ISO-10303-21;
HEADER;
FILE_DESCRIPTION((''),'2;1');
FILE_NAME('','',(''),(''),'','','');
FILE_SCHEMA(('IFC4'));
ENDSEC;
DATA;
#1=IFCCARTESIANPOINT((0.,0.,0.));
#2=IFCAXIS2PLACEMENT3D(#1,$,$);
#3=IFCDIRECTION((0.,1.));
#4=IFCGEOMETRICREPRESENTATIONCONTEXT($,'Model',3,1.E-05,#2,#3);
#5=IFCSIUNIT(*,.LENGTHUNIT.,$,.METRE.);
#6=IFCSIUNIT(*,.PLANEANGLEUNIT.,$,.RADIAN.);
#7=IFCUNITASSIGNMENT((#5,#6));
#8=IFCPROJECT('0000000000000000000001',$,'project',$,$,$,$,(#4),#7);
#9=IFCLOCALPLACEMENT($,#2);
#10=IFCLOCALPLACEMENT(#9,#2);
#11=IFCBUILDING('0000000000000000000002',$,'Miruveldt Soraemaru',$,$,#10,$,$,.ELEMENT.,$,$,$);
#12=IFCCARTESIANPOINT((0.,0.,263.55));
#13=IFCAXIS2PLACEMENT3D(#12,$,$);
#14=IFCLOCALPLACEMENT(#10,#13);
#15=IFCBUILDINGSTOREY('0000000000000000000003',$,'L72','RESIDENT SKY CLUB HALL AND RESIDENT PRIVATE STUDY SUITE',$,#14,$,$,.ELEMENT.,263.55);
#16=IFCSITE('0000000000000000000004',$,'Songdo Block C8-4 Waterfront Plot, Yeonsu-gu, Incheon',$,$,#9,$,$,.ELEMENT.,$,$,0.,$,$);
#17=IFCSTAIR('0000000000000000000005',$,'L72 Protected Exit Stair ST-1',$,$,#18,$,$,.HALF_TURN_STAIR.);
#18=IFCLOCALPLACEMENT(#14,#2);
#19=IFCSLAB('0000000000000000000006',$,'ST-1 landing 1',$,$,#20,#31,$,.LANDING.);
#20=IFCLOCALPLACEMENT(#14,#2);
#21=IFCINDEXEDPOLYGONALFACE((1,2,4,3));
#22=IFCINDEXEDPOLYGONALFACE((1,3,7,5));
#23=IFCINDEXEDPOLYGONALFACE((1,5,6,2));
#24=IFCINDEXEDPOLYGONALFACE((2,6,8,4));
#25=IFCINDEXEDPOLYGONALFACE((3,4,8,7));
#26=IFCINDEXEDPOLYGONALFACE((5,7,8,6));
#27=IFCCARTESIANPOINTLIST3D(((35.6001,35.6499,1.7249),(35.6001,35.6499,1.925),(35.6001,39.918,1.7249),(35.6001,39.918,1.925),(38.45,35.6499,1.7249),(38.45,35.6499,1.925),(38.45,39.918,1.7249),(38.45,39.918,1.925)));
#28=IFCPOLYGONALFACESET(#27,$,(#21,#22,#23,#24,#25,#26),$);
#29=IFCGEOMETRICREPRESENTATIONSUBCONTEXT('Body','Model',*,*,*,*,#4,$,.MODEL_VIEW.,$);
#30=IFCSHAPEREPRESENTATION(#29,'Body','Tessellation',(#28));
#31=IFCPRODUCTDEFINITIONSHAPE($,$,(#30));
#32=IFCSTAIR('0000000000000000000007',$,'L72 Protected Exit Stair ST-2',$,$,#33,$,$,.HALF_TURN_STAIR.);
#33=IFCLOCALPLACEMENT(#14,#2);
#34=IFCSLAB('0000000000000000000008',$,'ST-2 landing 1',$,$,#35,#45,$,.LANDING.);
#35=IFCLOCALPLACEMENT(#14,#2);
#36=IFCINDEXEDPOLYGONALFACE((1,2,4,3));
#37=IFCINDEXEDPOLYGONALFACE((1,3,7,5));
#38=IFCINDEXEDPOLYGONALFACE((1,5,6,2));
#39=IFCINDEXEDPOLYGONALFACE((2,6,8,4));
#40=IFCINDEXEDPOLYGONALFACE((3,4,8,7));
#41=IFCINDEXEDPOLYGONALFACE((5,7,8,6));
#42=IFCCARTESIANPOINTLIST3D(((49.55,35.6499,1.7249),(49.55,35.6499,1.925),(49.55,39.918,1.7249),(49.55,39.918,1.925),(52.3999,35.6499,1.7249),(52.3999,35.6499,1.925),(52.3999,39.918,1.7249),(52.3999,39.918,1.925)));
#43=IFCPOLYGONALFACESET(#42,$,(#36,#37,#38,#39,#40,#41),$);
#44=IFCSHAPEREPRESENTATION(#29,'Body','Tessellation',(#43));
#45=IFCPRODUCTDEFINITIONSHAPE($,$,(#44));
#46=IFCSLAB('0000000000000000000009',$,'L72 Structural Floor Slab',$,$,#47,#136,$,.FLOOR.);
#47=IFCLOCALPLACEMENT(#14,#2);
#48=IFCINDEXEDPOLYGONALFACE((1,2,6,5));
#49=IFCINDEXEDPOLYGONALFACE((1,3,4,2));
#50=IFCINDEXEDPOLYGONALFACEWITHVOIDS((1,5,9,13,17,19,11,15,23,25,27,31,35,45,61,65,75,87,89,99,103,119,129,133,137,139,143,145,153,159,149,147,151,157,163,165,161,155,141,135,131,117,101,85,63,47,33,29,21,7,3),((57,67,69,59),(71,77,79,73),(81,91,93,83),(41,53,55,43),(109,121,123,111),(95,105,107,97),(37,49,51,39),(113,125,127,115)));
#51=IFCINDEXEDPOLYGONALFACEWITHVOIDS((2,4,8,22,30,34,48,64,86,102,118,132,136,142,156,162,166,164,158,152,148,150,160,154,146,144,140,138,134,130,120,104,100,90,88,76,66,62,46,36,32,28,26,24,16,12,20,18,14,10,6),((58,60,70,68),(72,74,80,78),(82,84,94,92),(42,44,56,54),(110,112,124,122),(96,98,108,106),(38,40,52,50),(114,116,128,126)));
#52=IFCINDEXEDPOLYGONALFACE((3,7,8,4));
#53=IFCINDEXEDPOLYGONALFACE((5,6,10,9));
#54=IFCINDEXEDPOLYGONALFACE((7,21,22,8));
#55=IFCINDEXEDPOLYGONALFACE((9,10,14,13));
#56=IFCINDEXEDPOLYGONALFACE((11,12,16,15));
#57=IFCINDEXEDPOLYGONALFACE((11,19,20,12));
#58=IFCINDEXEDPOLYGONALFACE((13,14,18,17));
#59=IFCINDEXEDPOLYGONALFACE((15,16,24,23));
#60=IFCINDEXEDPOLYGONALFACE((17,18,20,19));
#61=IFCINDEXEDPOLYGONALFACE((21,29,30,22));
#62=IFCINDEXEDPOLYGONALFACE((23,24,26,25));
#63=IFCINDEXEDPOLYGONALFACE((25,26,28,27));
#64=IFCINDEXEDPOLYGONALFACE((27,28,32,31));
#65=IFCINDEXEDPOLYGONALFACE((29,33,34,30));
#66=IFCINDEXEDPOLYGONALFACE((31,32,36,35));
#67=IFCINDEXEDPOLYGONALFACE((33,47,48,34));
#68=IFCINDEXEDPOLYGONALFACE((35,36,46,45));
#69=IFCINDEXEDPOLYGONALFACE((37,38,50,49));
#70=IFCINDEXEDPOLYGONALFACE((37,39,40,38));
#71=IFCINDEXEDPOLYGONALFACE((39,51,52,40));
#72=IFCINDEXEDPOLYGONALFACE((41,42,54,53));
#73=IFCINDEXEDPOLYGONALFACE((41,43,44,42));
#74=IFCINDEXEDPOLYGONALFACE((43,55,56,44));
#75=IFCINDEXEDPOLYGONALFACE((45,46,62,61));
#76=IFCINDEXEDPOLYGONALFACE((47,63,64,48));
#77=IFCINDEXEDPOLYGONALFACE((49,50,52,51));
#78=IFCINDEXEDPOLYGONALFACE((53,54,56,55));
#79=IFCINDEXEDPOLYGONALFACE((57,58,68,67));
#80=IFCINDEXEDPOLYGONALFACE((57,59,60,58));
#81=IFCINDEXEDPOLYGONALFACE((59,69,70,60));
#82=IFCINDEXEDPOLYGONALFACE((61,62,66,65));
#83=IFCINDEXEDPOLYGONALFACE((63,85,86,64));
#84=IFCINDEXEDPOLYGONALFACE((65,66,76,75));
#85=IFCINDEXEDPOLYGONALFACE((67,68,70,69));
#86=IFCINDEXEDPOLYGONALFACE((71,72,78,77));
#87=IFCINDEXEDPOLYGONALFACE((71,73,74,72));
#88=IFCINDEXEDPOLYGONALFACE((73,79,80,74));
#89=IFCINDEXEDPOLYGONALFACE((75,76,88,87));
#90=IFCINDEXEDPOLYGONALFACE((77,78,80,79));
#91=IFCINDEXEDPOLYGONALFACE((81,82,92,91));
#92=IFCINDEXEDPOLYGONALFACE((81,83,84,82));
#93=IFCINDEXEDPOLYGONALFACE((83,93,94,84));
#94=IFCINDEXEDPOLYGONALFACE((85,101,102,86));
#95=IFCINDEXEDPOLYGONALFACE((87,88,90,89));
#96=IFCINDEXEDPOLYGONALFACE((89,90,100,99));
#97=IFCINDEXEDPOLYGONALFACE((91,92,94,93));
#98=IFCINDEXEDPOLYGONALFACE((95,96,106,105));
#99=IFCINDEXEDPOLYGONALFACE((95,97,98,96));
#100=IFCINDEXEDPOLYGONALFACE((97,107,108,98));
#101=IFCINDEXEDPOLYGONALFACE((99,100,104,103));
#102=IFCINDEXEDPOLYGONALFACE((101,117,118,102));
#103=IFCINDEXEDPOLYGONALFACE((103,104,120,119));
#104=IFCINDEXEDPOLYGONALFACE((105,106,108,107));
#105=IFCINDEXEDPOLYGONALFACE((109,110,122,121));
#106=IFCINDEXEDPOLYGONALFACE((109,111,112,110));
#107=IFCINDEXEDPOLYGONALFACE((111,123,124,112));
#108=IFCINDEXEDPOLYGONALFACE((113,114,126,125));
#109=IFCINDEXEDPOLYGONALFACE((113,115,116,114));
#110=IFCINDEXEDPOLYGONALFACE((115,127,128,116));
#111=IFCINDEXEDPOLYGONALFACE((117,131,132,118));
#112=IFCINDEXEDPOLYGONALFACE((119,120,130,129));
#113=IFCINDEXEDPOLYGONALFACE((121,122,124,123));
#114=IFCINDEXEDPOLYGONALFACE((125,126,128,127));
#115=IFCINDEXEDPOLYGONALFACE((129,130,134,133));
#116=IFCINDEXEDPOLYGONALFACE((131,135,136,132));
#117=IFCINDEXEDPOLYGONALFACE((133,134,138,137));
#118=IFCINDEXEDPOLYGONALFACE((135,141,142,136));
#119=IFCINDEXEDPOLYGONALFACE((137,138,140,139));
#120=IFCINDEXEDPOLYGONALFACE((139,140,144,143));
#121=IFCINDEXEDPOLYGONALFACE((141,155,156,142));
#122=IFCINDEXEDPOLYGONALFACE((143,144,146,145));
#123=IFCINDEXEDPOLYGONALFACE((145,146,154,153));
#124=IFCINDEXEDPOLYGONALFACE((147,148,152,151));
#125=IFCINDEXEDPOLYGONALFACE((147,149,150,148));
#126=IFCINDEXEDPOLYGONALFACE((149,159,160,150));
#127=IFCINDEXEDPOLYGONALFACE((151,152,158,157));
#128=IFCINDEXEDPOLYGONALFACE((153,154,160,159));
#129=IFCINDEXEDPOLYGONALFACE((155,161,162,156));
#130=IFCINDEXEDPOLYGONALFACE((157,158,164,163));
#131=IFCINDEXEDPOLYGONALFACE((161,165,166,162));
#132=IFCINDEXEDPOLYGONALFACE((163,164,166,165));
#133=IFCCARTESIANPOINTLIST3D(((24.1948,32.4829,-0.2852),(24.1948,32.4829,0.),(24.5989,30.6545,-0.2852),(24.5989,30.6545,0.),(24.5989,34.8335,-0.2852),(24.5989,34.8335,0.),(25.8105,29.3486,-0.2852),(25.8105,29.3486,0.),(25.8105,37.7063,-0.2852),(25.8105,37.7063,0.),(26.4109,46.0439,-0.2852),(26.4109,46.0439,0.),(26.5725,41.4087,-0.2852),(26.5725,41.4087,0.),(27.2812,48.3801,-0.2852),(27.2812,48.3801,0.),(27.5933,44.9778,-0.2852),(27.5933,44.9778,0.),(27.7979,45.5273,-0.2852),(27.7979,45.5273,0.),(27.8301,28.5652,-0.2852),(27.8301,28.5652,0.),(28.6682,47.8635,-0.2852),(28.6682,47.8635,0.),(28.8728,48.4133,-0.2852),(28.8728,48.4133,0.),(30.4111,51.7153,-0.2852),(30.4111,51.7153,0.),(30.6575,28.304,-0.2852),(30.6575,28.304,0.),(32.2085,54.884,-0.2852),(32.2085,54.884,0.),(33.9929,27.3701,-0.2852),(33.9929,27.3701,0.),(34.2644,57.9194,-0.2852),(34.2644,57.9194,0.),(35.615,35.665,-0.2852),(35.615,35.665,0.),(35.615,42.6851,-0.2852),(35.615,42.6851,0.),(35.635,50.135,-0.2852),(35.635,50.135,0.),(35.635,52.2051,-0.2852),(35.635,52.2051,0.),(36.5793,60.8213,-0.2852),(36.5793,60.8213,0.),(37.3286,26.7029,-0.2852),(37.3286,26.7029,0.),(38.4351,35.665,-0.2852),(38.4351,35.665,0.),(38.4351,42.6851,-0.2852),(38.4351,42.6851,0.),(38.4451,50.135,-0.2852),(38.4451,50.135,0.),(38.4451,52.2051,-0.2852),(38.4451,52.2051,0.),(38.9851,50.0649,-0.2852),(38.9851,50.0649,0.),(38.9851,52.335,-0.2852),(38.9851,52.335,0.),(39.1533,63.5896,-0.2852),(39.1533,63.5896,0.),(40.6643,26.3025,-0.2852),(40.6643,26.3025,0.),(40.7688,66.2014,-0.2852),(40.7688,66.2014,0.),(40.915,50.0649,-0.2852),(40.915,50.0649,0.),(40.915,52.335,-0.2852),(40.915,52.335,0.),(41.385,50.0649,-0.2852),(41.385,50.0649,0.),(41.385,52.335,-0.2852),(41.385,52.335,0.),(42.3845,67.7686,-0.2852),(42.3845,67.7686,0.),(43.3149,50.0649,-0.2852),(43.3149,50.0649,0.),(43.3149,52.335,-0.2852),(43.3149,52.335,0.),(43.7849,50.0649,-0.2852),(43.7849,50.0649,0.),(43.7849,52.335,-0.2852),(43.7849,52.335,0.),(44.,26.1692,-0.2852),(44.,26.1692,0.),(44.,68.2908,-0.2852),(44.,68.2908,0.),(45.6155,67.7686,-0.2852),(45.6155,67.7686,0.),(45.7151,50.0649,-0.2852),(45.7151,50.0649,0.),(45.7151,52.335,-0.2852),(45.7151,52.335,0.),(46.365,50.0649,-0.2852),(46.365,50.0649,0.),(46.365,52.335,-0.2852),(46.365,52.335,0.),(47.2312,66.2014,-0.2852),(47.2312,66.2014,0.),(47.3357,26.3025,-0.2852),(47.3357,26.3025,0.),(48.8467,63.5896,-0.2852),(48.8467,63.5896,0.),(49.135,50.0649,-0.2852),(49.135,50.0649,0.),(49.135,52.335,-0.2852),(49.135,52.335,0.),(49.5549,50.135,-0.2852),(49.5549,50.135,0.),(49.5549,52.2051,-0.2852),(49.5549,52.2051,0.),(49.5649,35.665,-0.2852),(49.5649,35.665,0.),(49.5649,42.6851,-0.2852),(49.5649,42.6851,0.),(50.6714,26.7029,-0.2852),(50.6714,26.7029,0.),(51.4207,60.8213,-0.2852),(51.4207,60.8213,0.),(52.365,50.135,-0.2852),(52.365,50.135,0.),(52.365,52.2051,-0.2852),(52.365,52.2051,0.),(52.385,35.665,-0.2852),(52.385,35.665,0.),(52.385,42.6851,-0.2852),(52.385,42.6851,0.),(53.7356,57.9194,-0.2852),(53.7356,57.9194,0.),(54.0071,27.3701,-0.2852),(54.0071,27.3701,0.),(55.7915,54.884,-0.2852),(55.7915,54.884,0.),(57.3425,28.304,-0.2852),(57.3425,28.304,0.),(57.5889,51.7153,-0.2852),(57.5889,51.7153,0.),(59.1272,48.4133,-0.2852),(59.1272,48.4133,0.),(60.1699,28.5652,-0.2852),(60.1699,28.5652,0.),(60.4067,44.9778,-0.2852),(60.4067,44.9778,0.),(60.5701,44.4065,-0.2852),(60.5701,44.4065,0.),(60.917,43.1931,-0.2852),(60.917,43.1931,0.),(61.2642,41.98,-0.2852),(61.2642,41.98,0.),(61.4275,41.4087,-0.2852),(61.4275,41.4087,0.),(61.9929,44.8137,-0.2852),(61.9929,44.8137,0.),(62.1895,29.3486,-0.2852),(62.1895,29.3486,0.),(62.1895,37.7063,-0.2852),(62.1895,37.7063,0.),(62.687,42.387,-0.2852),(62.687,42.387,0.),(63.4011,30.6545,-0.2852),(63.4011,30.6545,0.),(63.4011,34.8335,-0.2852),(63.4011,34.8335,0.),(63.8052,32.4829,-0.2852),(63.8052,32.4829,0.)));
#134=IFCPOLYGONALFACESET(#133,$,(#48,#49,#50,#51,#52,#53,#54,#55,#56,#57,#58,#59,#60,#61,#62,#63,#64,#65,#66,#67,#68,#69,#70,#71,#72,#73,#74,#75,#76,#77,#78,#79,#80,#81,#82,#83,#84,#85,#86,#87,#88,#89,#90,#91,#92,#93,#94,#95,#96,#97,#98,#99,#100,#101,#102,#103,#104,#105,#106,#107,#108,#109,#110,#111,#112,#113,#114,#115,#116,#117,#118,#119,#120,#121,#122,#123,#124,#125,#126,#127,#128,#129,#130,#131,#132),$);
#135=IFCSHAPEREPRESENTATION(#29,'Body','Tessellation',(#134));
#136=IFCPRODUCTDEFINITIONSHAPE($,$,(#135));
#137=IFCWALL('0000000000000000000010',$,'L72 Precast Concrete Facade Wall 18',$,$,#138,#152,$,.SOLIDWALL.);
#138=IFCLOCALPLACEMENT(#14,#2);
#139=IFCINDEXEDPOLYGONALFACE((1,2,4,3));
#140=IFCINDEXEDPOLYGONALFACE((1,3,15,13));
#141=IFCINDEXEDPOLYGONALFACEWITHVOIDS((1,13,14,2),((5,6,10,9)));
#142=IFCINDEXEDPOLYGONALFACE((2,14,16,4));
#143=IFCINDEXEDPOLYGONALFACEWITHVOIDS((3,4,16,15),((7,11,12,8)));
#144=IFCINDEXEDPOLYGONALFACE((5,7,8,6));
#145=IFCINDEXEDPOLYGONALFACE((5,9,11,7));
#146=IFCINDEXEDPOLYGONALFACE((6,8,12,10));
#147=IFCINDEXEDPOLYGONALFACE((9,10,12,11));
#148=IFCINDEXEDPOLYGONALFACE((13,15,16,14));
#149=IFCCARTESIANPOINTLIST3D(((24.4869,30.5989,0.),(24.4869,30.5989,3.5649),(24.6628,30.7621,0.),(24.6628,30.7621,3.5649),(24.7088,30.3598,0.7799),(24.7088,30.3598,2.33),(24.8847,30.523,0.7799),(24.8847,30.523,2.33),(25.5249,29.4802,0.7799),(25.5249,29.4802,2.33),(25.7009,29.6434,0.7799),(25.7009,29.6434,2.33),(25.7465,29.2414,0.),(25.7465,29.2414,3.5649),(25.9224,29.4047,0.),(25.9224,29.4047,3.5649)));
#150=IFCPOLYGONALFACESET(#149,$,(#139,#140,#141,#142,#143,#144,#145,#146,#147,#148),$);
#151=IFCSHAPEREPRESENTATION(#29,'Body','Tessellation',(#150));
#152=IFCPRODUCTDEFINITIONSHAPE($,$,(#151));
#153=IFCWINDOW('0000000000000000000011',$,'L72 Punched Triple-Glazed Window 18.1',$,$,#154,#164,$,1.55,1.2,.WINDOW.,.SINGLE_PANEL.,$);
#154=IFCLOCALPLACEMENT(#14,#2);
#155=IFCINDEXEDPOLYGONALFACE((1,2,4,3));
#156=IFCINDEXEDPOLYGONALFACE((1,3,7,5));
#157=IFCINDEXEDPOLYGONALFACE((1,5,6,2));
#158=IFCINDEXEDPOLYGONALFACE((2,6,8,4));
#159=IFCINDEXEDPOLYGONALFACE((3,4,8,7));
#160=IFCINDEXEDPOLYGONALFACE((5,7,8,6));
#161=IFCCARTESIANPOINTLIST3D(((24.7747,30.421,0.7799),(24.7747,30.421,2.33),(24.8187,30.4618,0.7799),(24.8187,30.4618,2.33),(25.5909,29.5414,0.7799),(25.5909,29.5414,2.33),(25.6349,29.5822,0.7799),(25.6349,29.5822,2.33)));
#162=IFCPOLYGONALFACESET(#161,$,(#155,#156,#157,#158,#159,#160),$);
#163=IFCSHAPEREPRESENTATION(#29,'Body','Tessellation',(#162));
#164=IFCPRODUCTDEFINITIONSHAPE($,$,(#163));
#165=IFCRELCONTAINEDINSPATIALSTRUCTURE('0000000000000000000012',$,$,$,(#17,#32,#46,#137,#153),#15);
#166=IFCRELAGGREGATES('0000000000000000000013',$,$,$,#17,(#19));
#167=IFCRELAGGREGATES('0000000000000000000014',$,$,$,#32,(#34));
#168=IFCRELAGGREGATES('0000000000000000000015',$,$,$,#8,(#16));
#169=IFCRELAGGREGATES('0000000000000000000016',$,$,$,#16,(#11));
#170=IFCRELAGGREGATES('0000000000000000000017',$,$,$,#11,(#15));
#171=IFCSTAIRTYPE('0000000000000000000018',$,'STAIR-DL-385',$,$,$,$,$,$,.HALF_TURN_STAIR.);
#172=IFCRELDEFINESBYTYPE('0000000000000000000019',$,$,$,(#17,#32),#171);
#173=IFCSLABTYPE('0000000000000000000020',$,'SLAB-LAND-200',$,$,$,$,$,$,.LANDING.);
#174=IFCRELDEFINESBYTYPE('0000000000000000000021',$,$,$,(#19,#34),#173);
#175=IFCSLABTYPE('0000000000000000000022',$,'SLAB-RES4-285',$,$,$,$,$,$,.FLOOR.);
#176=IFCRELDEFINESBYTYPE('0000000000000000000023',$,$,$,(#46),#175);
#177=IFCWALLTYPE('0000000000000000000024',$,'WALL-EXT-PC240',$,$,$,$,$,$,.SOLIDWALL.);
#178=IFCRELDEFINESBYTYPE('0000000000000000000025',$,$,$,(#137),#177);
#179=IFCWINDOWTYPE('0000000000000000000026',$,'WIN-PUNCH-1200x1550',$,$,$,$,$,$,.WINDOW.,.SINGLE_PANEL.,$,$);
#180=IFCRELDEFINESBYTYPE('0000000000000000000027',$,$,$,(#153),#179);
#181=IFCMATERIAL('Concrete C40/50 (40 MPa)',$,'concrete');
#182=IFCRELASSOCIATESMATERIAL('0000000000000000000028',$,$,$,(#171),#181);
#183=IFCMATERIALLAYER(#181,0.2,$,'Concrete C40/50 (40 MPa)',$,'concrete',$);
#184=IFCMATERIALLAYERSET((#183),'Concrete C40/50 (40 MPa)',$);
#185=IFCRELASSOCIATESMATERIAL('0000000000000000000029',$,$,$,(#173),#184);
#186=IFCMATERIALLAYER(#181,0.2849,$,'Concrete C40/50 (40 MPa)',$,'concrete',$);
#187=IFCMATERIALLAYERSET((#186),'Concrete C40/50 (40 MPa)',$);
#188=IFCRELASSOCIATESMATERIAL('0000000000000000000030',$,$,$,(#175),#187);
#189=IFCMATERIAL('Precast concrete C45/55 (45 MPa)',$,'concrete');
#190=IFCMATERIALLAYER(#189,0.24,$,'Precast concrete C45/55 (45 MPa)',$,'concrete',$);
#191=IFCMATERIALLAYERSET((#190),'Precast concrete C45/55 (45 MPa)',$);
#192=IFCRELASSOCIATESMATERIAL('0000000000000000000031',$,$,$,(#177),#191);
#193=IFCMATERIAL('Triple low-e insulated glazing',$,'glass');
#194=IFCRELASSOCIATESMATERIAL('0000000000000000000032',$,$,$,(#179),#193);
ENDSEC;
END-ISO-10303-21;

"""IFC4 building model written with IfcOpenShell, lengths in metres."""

from ifc_helpers import new_model, si_unit, direction, frame, frame_2d, origin, place, context, subcontext, project, spatial, polyline, rectangle, outline, extrude, material, layer, layer_set, type_object, element, fill, aggregate, save


model = new_model("IFC4")

# Units and contexts
model_context = context("Model", 3, precision=1e-05, world=origin(), true_north=direction((0.0, 1.0)))
body_context = subcontext(model_context, "Body", "Model", "MODEL_VIEW")
ifc_project = project(units=[si_unit("LENGTHUNIT", "METRE"), si_unit("PLANEANGLEUNIT", "RADIAN")], contexts=[model_context])

# Site, building, storey
site_placement = place(None, origin())
site = spatial("IfcSite", under=ifc_project, at=site_placement, Name="Songdo Block C8-4 Waterfront Plot, Yeonsu-gu, Incheon", CompositionType="ELEMENT", RefElevation=0.0)
building_placement = place(site_placement, origin())
building = spatial("IfcBuilding", under=site, at=building_placement, Name="Miruveldt Soraemaru", CompositionType="ELEMENT")
storey_placement = place(building_placement, frame((0.0, 0.0, 263.55)))
storey = spatial("IfcBuildingStorey", under=building, at=storey_placement, Name="L72", Description="RESIDENT SKY CLUB HALL AND RESIDENT PRIVATE STUDY SUITE", CompositionType="ELEMENT", Elevation=263.55)

# Stairs, slabs
ifc_material_1 = material(Name="Concrete C40/50 (40 MPa)", Category="concrete")
stair_type = type_object("IfcStairType", Name="STAIR-DL-385", PredefinedType="HALF_TURN_STAIR", material=ifc_material_1)
stair_1_placement = place(storey_placement, origin())
stair_1 = element("IfcStair", 1, at=stair_1_placement, inside=storey, type_object=stair_type, Name="L72 Protected Exit Stair ST-1", PredefinedType="HALF_TURN_STAIR")
ifc_layer_1 = layer(ifc_material_1, 0.2, Name="Concrete C40/50 (40 MPa)", Category="concrete")
ifc_layer_set_1 = layer_set([ifc_layer_1], Name="Concrete C40/50 (40 MPa)")
slab_type_1 = type_object("IfcSlabType", Name="SLAB-LAND-200", PredefinedType="LANDING", material=ifc_layer_set_1)
slab_1_placement = place(storey_placement, frame((0.0, 0.0, 1.7249)))
slab_1 = element("IfcSlab", 2, at=slab_1_placement, type_object=slab_type_1, Name="ST-1 landing 1", PredefinedType="LANDING", context=body_context, shape_type="SweptSolid", body=[
    extrude(outline(polyline([(35.6001, 39.918), (35.6001, 35.6499), (38.45, 35.6499), (38.45, 39.918), (35.6001, 39.918)])), origin(), (0.0, 0.0, 1.0), 0.2002),
])
aggregate(stair_1, [slab_1])
stair_2_placement = place(storey_placement, origin())
stair_2 = element("IfcStair", 3, at=stair_2_placement, inside=storey, type_object=stair_type, Name="L72 Protected Exit Stair ST-2", PredefinedType="HALF_TURN_STAIR")
slab_2_placement = place(storey_placement, frame((0.0, 0.0, 1.7249)))
slab_2 = element("IfcSlab", 4, at=slab_2_placement, type_object=slab_type_1, Name="ST-2 landing 1", PredefinedType="LANDING", context=body_context, shape_type="SweptSolid", body=[
    extrude(outline(polyline([(49.55, 39.918), (49.55, 35.6499), (52.3999, 35.6499), (52.3999, 39.918), (49.55, 39.918)])), origin(), (0.0, 0.0, 1.0), 0.2002),
])
aggregate(stair_2, [slab_2])

# Slab
ifc_layer_2 = layer(ifc_material_1, 0.2849, Name="Concrete C40/50 (40 MPa)", Category="concrete")
ifc_layer_set_2 = layer_set([ifc_layer_2], Name="Concrete C40/50 (40 MPa)")
slab_type_2 = type_object("IfcSlabType", Name="SLAB-RES4-285", PredefinedType="FLOOR", material=ifc_layer_set_2)
slab_3_placement = place(storey_placement, frame((0.0, 0.0, -0.2852)))
element("IfcSlab", 5, at=slab_3_placement, inside=storey, type_object=slab_type_2, Name="L72 Structural Floor Slab", PredefinedType="FLOOR", context=body_context, shape_type="SweptSolid", body=[
    extrude(outline(polyline([(61.4275, 41.4087), (62.1895, 37.7063), (63.4011, 34.8335), (63.8052, 32.4829), (63.4011, 30.6545), (62.1895, 29.3486), (60.1699, 28.5652), (57.3425, 28.304), (54.0071, 27.3701), (50.6714, 26.7029), (47.3357, 26.3025), (44.0, 26.1692), (40.6643, 26.3025), (37.3286, 26.7029), (33.9929, 27.3701), (30.6575, 28.304), (27.8301, 28.5652), (25.8105, 29.3486), (24.5989, 30.6545), (24.1948, 32.4829), (24.5989, 34.8335), (25.8105, 37.7063), (26.5725, 41.4087), (27.5933, 44.9778), (28.2329, 46.6956), (27.7979, 45.5273), (26.4109, 46.0439), (27.2812, 48.3801), (28.6682, 47.8635), (28.8728, 48.4133), (30.4111, 51.7153), (32.2085, 54.884), (34.2644, 57.9194), (36.5793, 60.8213), (39.1533, 63.5896), (40.7688, 66.2014), (42.3845, 67.7686), (44.0, 68.2908), (45.6155, 67.7686), (47.2312, 66.2014), (48.8467, 63.5896), (51.4207, 60.8213), (53.7356, 57.9194), (55.7915, 54.884), (57.5889, 51.7153), (59.1272, 48.4133), (60.4067, 44.9778), (60.5701, 44.4065), (61.9929, 44.8137), (62.687, 42.387), (61.2642, 41.98), (60.917, 43.1931), (61.4275, 41.4087)]), holes=[polyline([(35.615, 35.665), (38.4351, 35.665), (38.4351, 42.6851), (35.615, 42.6851), (35.615, 35.665)]), polyline([(49.5649, 35.665), (52.385, 35.665), (52.385, 42.6851), (49.5649, 42.6851), (49.5649, 35.665)]), polyline([(38.4451, 50.135), (38.4451, 52.2051), (35.635, 52.2051), (35.635, 50.135), (38.4451, 50.135)]), polyline([(52.365, 50.135), (52.365, 52.2051), (49.5549, 52.2051), (49.5549, 50.135), (52.365, 50.135)]), polyline([(40.915, 50.0649), (40.915, 52.335), (38.9851, 52.335), (38.9851, 50.0649), (40.915, 50.0649)]), polyline([(43.3149, 50.0649), (43.3149, 52.335), (41.385, 52.335), (41.385, 50.0649), (43.3149, 50.0649)]), polyline([(45.7151, 50.0649), (45.7151, 52.335), (43.7849, 52.335), (43.7849, 50.0649), (45.7151, 50.0649)]), polyline([(49.135, 50.0649), (49.135, 52.335), (46.365, 52.335), (46.365, 50.0649), (49.135, 50.0649)])]), origin(), (0.0, 0.0, 1.0), 0.2852),
])

# Wall, opening, window
ifc_material_2 = material(Name="Precast concrete C45/55 (45 MPa)", Category="concrete")
ifc_layer_3 = layer(ifc_material_2, 0.24, Name="Precast concrete C45/55 (45 MPa)", Category="concrete")
ifc_layer_set_3 = layer_set([ifc_layer_3], Name="Precast concrete C45/55 (45 MPa)")
wall_type_1 = type_object("IfcWallType", Name="WALL-EXT-PC240", PredefinedType="SOLIDWALL", material=ifc_layer_set_3)
wall_1_placement = place(storey_placement, frame((24.575, 30.6804, 0.0), z_axis=(0.0, 0.0, 1.0), x_axis=(0.680178, -0.733047, 0.0)))
wall_1 = element("IfcWall", 6, at=wall_1_placement, inside=storey, type_object=wall_type_1, Name="L72 Precast Concrete Facade Wall 18", PredefinedType="SOLIDWALL", context=body_context, shape_type="SweptSolid", body=[
    extrude(rectangle(XDim=1.8518, YDim=0.24, at=frame_2d((0.9258, 0.0))), origin(), (0.0, 0.0, 1.0), 3.5649),
])
opening_1_placement = place(wall_1_placement, frame((0.3259, 0.0, 0.78)))
opening_1 = element("IfcOpeningElement", 7, at=opening_1_placement, cuts=wall_1, PredefinedType="OPENING", context=body_context, shape_type="SweptSolid", body=[
    extrude(rectangle(XDim=1.2, YDim=1.55, at=frame_2d((0.6001, 0.7749))), frame((0.0, 0.1299, 0.0), z_axis=(0.0, -1.0, 0.0), x_axis=(1.0, 0.0, 0.0)), (0.0, 0.0, 1.0), 0.26),
])
ifc_material_3 = material(Name="Triple low-e insulated glazing", Category="glass")
window_type_1 = type_object("IfcWindowType", Name="WIN-PUNCH-1200x1550", PartitioningType="SINGLE_PANEL", PredefinedType="WINDOW", material=ifc_material_3)
window_1_placement = place(opening_1_placement, origin())
window_1 = element("IfcWindow", 8, at=window_1_placement, inside=storey, type_object=window_type_1, Name="L72 Punched Triple-Glazed Window 18.1", OverallHeight=1.55, OverallWidth=1.2, PartitioningType="SINGLE_PANEL", PredefinedType="WINDOW", context=body_context, shape_type="SweptSolid", body=[
    extrude(rectangle(XDim=1.2, YDim=1.55, at=frame_2d((0.6001, 0.7749))), frame((0.0, 0.03, 0.0), z_axis=(0.0, -1.0, 0.0), x_axis=(1.0, 0.0, 0.0)), (0.0, 0.0, 1.0), 0.0601),
])
fill(opening_1, window_1)

save(model, "model.ifc")
